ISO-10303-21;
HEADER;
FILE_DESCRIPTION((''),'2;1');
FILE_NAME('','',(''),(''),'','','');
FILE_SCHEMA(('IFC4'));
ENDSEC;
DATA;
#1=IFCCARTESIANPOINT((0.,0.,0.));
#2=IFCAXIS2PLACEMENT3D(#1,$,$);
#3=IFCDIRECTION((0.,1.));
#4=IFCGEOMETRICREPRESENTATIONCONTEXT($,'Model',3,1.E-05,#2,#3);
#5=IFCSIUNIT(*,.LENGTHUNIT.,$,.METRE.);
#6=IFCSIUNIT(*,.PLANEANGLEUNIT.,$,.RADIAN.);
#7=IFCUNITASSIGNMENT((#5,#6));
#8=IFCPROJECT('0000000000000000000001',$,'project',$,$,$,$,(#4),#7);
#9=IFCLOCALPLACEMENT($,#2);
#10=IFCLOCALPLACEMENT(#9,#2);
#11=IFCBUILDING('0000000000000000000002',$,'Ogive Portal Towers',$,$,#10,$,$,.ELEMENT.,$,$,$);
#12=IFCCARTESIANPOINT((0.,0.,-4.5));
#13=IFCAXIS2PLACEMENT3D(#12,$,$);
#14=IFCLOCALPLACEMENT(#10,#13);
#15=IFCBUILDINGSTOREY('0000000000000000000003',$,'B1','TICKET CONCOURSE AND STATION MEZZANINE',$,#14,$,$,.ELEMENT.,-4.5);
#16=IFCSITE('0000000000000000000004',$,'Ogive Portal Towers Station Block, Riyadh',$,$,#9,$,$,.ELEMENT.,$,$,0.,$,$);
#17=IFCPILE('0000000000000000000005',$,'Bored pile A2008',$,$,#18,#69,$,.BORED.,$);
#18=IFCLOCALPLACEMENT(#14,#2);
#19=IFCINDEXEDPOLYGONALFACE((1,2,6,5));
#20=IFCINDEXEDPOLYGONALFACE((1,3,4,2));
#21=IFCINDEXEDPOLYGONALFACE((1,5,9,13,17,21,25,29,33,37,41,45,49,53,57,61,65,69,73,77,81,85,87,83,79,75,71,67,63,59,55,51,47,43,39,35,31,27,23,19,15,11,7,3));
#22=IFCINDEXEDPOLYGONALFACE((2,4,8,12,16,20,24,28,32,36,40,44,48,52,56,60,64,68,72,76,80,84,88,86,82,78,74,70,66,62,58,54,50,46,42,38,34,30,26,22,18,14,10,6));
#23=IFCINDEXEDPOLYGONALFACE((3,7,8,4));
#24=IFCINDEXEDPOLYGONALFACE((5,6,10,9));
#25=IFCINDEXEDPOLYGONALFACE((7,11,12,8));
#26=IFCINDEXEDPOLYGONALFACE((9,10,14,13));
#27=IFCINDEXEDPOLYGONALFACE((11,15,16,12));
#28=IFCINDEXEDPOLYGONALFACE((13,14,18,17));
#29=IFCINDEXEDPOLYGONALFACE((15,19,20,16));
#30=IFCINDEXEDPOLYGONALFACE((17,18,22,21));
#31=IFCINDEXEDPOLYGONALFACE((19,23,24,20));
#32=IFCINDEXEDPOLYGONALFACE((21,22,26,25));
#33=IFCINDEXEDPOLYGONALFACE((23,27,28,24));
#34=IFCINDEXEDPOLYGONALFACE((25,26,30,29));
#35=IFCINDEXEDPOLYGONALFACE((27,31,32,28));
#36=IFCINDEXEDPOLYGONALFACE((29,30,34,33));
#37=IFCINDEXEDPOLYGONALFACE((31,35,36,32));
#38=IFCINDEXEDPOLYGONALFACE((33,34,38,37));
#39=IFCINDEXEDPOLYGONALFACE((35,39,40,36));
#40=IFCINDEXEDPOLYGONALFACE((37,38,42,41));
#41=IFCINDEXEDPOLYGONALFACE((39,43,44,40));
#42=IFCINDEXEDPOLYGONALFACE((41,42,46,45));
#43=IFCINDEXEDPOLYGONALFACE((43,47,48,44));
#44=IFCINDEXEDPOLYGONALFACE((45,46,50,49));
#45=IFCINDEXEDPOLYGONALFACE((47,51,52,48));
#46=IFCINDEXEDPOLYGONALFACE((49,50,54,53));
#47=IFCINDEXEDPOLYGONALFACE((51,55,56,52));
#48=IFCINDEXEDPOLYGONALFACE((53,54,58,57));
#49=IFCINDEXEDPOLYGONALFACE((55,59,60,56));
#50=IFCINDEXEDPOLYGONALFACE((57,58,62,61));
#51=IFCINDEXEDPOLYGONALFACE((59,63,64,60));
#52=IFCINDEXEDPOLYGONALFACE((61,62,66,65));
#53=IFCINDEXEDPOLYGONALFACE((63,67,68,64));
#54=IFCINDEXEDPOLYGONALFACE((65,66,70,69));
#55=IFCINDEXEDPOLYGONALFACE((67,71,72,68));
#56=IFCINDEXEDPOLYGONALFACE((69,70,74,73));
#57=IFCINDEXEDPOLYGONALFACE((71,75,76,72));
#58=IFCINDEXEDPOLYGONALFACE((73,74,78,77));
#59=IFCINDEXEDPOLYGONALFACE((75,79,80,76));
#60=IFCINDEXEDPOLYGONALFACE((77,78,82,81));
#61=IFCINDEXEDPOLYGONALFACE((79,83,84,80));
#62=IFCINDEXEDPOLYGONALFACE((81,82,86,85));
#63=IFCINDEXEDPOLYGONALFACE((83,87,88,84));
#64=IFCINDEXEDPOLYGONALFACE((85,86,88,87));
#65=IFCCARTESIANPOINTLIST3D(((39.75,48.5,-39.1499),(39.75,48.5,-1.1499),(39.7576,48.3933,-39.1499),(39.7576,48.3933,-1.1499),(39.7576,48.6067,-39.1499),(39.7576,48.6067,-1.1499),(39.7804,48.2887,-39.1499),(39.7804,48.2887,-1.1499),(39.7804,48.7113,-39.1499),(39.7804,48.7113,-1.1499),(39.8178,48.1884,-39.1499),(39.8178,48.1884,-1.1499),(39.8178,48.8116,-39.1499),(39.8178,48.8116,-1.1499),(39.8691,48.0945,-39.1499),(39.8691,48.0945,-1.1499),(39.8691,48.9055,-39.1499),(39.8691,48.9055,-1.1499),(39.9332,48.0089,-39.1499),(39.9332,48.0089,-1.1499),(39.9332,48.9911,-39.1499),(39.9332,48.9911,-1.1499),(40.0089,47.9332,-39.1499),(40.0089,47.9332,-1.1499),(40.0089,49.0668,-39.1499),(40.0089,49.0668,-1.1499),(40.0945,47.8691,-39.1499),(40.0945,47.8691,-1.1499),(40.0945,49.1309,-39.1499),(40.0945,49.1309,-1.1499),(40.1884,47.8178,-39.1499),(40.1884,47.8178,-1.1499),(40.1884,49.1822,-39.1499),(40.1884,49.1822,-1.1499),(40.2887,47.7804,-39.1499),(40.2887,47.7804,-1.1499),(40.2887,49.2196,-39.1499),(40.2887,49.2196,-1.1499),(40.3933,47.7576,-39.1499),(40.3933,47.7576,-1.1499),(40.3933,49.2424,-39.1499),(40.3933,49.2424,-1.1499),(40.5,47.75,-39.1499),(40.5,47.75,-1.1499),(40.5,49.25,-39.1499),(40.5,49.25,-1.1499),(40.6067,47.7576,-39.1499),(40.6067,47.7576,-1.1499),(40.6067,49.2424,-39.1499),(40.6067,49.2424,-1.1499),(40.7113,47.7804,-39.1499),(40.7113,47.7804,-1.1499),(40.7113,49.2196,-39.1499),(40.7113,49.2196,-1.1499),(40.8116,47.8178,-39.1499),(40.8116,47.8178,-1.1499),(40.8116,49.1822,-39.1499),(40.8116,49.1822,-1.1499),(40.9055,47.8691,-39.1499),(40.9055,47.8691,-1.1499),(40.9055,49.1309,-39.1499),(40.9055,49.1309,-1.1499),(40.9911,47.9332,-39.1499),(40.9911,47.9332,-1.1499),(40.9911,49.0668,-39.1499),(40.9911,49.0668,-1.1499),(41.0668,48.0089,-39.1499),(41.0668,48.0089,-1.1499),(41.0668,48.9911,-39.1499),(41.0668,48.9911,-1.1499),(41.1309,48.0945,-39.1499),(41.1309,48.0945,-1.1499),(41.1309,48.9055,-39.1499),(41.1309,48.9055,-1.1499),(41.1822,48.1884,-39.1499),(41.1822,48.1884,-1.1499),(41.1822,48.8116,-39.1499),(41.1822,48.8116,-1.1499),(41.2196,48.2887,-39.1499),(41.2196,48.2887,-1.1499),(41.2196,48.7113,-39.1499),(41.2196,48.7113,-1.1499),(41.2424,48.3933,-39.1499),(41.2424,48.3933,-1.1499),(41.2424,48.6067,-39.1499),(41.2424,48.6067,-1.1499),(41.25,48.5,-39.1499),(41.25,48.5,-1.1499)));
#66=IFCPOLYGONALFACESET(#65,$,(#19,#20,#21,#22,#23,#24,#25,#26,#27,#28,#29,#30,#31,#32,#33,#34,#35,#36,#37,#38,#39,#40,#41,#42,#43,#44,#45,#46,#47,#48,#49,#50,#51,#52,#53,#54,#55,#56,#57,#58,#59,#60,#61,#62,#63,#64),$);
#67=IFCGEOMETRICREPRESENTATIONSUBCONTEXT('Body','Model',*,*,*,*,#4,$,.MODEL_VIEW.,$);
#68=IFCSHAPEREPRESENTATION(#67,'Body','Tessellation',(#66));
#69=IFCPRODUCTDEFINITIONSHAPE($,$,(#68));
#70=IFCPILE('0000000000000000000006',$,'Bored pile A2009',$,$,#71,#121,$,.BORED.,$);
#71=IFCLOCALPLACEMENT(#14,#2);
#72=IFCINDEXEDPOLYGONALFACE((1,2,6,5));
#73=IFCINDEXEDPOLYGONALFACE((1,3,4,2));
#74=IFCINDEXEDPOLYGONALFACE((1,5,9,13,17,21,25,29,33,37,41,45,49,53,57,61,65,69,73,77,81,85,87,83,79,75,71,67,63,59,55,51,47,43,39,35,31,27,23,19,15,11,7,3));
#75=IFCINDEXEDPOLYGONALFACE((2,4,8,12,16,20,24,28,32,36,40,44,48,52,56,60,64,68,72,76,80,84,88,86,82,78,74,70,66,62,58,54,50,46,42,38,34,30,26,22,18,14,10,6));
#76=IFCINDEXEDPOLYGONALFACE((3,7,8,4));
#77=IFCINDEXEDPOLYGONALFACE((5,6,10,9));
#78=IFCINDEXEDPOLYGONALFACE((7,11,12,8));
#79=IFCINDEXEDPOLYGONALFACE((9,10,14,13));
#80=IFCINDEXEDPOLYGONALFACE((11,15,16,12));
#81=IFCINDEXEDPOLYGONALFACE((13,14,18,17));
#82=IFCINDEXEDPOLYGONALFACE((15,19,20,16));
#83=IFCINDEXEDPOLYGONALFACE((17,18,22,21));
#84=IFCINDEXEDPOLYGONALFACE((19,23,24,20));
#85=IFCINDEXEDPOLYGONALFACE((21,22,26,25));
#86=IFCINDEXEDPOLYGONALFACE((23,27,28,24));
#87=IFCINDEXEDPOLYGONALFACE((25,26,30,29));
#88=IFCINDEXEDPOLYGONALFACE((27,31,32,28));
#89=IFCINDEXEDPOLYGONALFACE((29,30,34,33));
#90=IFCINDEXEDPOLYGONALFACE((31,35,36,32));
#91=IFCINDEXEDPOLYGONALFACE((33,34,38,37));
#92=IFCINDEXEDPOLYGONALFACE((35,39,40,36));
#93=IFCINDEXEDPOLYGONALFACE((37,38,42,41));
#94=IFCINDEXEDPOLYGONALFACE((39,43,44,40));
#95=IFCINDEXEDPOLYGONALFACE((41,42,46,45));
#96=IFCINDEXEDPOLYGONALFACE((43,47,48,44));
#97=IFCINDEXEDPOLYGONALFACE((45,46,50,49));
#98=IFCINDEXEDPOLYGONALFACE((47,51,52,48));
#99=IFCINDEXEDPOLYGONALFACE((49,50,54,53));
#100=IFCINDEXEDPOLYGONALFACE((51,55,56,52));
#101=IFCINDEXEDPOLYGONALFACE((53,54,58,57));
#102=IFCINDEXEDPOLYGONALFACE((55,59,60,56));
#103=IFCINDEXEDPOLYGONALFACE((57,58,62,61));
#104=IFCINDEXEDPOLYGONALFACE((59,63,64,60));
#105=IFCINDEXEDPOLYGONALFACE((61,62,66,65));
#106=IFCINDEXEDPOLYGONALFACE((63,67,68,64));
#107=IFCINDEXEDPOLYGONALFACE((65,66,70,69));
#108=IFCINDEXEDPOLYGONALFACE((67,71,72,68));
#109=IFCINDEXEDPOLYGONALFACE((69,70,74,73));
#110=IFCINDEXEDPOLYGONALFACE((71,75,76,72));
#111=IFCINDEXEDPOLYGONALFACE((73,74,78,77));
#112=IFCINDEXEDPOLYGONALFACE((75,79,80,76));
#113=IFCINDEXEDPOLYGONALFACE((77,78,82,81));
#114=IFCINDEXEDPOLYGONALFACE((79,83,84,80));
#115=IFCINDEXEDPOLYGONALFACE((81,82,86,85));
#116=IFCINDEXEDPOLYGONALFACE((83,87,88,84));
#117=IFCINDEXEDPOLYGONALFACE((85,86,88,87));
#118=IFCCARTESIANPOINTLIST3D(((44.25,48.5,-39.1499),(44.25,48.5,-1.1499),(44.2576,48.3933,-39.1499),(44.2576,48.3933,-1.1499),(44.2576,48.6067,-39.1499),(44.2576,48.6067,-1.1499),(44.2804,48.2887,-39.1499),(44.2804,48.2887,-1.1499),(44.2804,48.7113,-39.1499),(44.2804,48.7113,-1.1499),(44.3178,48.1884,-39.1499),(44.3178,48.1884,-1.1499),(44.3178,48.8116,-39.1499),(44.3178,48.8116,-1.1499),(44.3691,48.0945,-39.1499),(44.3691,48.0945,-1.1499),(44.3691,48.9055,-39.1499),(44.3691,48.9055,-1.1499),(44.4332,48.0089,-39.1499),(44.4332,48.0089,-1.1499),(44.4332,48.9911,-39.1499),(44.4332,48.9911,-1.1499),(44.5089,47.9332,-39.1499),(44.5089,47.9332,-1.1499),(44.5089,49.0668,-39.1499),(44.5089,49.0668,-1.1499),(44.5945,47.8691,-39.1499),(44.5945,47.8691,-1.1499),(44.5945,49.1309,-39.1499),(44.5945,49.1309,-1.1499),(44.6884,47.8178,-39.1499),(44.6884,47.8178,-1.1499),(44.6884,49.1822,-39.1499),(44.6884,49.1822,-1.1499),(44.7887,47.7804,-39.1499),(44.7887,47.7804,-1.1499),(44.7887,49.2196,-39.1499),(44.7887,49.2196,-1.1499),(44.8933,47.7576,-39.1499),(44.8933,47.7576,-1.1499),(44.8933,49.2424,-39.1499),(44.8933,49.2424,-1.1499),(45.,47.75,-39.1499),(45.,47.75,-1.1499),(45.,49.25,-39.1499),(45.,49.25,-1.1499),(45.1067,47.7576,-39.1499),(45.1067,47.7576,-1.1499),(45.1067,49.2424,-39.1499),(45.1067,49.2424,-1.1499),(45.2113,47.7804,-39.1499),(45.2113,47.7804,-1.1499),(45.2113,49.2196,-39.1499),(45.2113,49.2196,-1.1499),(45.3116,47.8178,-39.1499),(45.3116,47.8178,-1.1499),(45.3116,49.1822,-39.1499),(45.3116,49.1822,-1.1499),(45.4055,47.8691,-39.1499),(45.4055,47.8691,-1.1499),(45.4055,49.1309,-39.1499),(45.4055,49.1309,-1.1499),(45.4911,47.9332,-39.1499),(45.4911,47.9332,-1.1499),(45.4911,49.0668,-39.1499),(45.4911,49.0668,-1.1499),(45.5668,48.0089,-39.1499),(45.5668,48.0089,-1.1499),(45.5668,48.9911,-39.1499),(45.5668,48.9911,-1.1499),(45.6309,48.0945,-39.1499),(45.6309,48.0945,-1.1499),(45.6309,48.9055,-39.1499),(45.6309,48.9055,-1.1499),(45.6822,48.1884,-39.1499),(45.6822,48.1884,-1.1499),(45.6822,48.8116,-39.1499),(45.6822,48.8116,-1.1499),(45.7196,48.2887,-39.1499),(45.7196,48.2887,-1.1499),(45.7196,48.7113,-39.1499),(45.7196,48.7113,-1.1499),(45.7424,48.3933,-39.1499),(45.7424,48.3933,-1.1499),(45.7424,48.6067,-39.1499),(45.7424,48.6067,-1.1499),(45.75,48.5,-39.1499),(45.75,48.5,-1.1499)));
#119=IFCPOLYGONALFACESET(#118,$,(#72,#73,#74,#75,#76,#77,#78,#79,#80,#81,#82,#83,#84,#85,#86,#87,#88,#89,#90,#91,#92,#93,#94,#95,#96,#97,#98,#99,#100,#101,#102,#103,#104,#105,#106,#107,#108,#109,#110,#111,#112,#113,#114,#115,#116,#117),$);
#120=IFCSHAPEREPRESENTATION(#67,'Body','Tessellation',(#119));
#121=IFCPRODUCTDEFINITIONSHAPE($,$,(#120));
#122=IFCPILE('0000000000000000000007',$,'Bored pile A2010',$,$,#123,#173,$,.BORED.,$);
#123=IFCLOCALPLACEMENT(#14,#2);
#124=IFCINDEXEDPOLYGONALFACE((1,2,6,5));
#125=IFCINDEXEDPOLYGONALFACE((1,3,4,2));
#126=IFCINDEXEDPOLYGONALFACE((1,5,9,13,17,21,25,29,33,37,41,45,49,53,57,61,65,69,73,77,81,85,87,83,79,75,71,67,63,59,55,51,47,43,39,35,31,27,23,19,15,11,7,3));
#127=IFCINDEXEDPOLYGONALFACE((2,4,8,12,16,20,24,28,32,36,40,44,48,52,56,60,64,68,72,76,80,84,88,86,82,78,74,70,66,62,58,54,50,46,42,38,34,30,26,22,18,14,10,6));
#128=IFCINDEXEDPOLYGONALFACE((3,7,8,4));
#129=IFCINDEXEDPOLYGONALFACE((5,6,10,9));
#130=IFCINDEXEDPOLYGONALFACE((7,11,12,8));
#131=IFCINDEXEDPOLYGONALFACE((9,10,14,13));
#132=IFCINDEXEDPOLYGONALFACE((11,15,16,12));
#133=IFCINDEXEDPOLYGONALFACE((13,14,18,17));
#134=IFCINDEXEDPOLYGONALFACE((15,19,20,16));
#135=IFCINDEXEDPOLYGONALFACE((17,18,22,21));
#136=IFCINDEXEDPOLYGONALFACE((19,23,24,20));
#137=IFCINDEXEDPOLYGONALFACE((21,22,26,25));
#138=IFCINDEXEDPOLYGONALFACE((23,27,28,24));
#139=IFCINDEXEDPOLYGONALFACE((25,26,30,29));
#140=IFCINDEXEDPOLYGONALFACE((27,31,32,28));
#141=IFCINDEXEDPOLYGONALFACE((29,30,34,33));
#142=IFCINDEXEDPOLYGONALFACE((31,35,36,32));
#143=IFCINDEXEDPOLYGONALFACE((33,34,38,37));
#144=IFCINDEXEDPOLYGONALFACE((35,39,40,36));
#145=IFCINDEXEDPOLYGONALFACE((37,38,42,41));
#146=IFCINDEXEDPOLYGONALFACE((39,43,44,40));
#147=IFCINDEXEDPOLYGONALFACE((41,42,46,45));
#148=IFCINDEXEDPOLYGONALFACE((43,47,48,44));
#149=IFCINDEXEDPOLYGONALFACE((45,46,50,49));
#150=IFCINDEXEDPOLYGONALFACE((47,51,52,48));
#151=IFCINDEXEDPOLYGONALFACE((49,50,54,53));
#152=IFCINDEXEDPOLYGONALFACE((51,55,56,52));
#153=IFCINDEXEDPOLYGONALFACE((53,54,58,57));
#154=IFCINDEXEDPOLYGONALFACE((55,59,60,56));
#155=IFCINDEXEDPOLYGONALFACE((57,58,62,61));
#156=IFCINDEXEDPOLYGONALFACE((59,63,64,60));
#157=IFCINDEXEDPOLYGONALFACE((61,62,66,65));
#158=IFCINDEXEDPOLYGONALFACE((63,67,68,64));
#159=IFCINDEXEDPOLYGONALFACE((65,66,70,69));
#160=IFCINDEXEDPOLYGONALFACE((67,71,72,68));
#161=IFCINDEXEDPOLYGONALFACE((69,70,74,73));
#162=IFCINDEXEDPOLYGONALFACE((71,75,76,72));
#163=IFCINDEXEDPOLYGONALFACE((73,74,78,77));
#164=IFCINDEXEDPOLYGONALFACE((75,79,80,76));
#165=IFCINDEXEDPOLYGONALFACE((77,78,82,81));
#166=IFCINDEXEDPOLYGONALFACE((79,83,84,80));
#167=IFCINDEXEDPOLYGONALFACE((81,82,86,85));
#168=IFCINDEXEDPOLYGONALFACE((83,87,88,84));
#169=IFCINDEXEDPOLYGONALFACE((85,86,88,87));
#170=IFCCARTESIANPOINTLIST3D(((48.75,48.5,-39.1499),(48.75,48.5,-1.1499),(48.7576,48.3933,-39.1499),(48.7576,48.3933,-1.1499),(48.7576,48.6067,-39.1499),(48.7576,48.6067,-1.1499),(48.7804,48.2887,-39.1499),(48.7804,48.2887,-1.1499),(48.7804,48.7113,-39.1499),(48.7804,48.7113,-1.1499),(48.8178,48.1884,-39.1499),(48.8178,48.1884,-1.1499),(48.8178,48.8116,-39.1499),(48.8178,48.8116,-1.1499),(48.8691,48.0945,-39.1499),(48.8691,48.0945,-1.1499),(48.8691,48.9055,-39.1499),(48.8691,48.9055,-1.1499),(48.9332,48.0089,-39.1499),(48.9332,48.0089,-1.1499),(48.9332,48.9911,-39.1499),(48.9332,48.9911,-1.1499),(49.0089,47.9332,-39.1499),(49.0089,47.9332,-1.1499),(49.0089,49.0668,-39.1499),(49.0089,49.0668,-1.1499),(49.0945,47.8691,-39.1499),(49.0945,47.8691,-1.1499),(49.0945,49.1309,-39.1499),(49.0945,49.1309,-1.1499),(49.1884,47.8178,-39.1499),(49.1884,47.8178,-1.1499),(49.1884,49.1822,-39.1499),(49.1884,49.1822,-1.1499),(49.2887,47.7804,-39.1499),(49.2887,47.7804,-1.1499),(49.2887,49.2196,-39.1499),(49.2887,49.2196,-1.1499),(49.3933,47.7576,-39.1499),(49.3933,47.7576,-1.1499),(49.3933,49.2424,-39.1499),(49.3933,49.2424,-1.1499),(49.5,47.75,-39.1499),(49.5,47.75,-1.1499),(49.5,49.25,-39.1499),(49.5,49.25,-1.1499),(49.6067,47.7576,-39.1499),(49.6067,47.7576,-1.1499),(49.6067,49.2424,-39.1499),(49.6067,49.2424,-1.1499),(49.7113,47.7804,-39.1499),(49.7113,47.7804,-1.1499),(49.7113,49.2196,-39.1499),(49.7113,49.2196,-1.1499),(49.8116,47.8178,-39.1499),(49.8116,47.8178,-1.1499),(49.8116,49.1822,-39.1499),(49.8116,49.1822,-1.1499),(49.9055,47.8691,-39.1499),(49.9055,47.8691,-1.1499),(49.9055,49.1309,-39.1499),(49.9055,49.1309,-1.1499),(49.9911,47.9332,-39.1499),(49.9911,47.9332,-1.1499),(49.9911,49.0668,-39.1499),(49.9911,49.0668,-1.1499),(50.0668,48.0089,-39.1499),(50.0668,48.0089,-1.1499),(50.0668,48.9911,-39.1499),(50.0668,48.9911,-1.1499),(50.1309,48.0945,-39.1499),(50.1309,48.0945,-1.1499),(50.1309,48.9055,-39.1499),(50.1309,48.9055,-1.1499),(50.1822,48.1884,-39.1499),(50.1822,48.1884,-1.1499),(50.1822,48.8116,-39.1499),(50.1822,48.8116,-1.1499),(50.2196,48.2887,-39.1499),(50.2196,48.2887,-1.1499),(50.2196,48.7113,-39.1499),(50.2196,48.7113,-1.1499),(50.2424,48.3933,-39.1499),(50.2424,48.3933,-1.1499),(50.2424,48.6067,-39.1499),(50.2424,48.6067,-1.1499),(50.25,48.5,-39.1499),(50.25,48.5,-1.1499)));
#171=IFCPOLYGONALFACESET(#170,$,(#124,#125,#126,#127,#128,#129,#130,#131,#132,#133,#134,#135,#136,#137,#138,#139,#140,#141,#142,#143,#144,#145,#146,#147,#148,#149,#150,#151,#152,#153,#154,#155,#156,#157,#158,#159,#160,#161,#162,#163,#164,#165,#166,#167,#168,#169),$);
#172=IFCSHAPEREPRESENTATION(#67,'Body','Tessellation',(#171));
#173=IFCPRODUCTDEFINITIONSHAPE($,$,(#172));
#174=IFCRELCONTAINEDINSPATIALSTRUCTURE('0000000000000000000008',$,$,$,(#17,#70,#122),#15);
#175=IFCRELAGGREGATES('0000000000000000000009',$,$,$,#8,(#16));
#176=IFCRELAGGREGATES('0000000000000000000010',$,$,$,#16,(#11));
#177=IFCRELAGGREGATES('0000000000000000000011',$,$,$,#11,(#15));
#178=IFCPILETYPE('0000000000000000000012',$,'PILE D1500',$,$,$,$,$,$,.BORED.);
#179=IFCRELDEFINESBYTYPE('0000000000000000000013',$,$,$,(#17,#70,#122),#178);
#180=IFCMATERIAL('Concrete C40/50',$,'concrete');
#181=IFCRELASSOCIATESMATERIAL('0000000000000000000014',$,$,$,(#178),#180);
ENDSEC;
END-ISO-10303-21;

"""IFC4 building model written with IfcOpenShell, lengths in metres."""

from ifc_helpers import new_model, si_unit, direction, frame, origin, origin_2d, place, context, subcontext, project, spatial, circle, extrude, material, material_profile, profile_set, type_object, element, save


model = new_model("IFC4")

# Units and contexts
model_context = context("Model", 3, precision=1e-05, world=origin(), true_north=direction((0.0, 1.0)))
body_context = subcontext(model_context, "Body", "Model", "MODEL_VIEW")
ifc_project = project(units=[si_unit("LENGTHUNIT", "METRE"), si_unit("PLANEANGLEUNIT", "RADIAN")], contexts=[model_context])

# Site, building, storey
site_placement = place(None, origin())
site = spatial("IfcSite", under=ifc_project, at=site_placement, Name="Ogive Portal Towers Station Block, Riyadh", CompositionType="ELEMENT", RefElevation=0.0)
building_placement = place(site_placement, origin())
building = spatial("IfcBuilding", under=site, at=building_placement, Name="Ogive Portal Towers", CompositionType="ELEMENT")
storey_placement = place(building_placement, frame((0.0, 0.0, -4.5)))
storey = spatial("IfcBuildingStorey", under=building, at=storey_placement, Name="B1", Description="TICKET CONCOURSE AND STATION MEZZANINE", CompositionType="ELEMENT", Elevation=-4.5)

# Piles
ifc_material_1 = material(Name="Concrete C40/50", Category="concrete")
ifc_material_profile_1 = material_profile(ifc_material_1, circle(Radius=0.75, at=origin_2d()), Name="PILE D1500")
ifc_profile_set_1 = profile_set([ifc_material_profile_1], Name="Concrete C40/50")
pile_type = type_object("IfcPileType", Name="PILE D1500", PredefinedType="BORED", material=ifc_profile_set_1)
for number, where, z_axis, x_axis, name in (
    (1, (40.5, 48.5, -1.1499), (0.0, 0.0, -1.0), (1.0, 0.0, 0.0), "Bored pile A2008"),
    (2, (45.0, 48.5, -1.1499), (0.0, 0.0, -1.0), (1.0, 0.0, 0.0), "Bored pile A2009"),
    (3, (49.5, 48.5, -1.1499), (0.0, 0.0, -1.0), (1.0, 0.0, 0.0), "Bored pile A2010"),
):
    element("IfcPile", number, at=place(storey_placement, frame(where, z_axis=z_axis, x_axis=x_axis)), inside=storey, type_object=pile_type, Name=name, PredefinedType="BORED", context=body_context, shape_type="SweptSolid", body=[
        extrude(circle(Radius=0.75, at=origin_2d()), origin(), (0.0, 0.0, 1.0), 38.0),
    ])

save(model, "model.ifc")
